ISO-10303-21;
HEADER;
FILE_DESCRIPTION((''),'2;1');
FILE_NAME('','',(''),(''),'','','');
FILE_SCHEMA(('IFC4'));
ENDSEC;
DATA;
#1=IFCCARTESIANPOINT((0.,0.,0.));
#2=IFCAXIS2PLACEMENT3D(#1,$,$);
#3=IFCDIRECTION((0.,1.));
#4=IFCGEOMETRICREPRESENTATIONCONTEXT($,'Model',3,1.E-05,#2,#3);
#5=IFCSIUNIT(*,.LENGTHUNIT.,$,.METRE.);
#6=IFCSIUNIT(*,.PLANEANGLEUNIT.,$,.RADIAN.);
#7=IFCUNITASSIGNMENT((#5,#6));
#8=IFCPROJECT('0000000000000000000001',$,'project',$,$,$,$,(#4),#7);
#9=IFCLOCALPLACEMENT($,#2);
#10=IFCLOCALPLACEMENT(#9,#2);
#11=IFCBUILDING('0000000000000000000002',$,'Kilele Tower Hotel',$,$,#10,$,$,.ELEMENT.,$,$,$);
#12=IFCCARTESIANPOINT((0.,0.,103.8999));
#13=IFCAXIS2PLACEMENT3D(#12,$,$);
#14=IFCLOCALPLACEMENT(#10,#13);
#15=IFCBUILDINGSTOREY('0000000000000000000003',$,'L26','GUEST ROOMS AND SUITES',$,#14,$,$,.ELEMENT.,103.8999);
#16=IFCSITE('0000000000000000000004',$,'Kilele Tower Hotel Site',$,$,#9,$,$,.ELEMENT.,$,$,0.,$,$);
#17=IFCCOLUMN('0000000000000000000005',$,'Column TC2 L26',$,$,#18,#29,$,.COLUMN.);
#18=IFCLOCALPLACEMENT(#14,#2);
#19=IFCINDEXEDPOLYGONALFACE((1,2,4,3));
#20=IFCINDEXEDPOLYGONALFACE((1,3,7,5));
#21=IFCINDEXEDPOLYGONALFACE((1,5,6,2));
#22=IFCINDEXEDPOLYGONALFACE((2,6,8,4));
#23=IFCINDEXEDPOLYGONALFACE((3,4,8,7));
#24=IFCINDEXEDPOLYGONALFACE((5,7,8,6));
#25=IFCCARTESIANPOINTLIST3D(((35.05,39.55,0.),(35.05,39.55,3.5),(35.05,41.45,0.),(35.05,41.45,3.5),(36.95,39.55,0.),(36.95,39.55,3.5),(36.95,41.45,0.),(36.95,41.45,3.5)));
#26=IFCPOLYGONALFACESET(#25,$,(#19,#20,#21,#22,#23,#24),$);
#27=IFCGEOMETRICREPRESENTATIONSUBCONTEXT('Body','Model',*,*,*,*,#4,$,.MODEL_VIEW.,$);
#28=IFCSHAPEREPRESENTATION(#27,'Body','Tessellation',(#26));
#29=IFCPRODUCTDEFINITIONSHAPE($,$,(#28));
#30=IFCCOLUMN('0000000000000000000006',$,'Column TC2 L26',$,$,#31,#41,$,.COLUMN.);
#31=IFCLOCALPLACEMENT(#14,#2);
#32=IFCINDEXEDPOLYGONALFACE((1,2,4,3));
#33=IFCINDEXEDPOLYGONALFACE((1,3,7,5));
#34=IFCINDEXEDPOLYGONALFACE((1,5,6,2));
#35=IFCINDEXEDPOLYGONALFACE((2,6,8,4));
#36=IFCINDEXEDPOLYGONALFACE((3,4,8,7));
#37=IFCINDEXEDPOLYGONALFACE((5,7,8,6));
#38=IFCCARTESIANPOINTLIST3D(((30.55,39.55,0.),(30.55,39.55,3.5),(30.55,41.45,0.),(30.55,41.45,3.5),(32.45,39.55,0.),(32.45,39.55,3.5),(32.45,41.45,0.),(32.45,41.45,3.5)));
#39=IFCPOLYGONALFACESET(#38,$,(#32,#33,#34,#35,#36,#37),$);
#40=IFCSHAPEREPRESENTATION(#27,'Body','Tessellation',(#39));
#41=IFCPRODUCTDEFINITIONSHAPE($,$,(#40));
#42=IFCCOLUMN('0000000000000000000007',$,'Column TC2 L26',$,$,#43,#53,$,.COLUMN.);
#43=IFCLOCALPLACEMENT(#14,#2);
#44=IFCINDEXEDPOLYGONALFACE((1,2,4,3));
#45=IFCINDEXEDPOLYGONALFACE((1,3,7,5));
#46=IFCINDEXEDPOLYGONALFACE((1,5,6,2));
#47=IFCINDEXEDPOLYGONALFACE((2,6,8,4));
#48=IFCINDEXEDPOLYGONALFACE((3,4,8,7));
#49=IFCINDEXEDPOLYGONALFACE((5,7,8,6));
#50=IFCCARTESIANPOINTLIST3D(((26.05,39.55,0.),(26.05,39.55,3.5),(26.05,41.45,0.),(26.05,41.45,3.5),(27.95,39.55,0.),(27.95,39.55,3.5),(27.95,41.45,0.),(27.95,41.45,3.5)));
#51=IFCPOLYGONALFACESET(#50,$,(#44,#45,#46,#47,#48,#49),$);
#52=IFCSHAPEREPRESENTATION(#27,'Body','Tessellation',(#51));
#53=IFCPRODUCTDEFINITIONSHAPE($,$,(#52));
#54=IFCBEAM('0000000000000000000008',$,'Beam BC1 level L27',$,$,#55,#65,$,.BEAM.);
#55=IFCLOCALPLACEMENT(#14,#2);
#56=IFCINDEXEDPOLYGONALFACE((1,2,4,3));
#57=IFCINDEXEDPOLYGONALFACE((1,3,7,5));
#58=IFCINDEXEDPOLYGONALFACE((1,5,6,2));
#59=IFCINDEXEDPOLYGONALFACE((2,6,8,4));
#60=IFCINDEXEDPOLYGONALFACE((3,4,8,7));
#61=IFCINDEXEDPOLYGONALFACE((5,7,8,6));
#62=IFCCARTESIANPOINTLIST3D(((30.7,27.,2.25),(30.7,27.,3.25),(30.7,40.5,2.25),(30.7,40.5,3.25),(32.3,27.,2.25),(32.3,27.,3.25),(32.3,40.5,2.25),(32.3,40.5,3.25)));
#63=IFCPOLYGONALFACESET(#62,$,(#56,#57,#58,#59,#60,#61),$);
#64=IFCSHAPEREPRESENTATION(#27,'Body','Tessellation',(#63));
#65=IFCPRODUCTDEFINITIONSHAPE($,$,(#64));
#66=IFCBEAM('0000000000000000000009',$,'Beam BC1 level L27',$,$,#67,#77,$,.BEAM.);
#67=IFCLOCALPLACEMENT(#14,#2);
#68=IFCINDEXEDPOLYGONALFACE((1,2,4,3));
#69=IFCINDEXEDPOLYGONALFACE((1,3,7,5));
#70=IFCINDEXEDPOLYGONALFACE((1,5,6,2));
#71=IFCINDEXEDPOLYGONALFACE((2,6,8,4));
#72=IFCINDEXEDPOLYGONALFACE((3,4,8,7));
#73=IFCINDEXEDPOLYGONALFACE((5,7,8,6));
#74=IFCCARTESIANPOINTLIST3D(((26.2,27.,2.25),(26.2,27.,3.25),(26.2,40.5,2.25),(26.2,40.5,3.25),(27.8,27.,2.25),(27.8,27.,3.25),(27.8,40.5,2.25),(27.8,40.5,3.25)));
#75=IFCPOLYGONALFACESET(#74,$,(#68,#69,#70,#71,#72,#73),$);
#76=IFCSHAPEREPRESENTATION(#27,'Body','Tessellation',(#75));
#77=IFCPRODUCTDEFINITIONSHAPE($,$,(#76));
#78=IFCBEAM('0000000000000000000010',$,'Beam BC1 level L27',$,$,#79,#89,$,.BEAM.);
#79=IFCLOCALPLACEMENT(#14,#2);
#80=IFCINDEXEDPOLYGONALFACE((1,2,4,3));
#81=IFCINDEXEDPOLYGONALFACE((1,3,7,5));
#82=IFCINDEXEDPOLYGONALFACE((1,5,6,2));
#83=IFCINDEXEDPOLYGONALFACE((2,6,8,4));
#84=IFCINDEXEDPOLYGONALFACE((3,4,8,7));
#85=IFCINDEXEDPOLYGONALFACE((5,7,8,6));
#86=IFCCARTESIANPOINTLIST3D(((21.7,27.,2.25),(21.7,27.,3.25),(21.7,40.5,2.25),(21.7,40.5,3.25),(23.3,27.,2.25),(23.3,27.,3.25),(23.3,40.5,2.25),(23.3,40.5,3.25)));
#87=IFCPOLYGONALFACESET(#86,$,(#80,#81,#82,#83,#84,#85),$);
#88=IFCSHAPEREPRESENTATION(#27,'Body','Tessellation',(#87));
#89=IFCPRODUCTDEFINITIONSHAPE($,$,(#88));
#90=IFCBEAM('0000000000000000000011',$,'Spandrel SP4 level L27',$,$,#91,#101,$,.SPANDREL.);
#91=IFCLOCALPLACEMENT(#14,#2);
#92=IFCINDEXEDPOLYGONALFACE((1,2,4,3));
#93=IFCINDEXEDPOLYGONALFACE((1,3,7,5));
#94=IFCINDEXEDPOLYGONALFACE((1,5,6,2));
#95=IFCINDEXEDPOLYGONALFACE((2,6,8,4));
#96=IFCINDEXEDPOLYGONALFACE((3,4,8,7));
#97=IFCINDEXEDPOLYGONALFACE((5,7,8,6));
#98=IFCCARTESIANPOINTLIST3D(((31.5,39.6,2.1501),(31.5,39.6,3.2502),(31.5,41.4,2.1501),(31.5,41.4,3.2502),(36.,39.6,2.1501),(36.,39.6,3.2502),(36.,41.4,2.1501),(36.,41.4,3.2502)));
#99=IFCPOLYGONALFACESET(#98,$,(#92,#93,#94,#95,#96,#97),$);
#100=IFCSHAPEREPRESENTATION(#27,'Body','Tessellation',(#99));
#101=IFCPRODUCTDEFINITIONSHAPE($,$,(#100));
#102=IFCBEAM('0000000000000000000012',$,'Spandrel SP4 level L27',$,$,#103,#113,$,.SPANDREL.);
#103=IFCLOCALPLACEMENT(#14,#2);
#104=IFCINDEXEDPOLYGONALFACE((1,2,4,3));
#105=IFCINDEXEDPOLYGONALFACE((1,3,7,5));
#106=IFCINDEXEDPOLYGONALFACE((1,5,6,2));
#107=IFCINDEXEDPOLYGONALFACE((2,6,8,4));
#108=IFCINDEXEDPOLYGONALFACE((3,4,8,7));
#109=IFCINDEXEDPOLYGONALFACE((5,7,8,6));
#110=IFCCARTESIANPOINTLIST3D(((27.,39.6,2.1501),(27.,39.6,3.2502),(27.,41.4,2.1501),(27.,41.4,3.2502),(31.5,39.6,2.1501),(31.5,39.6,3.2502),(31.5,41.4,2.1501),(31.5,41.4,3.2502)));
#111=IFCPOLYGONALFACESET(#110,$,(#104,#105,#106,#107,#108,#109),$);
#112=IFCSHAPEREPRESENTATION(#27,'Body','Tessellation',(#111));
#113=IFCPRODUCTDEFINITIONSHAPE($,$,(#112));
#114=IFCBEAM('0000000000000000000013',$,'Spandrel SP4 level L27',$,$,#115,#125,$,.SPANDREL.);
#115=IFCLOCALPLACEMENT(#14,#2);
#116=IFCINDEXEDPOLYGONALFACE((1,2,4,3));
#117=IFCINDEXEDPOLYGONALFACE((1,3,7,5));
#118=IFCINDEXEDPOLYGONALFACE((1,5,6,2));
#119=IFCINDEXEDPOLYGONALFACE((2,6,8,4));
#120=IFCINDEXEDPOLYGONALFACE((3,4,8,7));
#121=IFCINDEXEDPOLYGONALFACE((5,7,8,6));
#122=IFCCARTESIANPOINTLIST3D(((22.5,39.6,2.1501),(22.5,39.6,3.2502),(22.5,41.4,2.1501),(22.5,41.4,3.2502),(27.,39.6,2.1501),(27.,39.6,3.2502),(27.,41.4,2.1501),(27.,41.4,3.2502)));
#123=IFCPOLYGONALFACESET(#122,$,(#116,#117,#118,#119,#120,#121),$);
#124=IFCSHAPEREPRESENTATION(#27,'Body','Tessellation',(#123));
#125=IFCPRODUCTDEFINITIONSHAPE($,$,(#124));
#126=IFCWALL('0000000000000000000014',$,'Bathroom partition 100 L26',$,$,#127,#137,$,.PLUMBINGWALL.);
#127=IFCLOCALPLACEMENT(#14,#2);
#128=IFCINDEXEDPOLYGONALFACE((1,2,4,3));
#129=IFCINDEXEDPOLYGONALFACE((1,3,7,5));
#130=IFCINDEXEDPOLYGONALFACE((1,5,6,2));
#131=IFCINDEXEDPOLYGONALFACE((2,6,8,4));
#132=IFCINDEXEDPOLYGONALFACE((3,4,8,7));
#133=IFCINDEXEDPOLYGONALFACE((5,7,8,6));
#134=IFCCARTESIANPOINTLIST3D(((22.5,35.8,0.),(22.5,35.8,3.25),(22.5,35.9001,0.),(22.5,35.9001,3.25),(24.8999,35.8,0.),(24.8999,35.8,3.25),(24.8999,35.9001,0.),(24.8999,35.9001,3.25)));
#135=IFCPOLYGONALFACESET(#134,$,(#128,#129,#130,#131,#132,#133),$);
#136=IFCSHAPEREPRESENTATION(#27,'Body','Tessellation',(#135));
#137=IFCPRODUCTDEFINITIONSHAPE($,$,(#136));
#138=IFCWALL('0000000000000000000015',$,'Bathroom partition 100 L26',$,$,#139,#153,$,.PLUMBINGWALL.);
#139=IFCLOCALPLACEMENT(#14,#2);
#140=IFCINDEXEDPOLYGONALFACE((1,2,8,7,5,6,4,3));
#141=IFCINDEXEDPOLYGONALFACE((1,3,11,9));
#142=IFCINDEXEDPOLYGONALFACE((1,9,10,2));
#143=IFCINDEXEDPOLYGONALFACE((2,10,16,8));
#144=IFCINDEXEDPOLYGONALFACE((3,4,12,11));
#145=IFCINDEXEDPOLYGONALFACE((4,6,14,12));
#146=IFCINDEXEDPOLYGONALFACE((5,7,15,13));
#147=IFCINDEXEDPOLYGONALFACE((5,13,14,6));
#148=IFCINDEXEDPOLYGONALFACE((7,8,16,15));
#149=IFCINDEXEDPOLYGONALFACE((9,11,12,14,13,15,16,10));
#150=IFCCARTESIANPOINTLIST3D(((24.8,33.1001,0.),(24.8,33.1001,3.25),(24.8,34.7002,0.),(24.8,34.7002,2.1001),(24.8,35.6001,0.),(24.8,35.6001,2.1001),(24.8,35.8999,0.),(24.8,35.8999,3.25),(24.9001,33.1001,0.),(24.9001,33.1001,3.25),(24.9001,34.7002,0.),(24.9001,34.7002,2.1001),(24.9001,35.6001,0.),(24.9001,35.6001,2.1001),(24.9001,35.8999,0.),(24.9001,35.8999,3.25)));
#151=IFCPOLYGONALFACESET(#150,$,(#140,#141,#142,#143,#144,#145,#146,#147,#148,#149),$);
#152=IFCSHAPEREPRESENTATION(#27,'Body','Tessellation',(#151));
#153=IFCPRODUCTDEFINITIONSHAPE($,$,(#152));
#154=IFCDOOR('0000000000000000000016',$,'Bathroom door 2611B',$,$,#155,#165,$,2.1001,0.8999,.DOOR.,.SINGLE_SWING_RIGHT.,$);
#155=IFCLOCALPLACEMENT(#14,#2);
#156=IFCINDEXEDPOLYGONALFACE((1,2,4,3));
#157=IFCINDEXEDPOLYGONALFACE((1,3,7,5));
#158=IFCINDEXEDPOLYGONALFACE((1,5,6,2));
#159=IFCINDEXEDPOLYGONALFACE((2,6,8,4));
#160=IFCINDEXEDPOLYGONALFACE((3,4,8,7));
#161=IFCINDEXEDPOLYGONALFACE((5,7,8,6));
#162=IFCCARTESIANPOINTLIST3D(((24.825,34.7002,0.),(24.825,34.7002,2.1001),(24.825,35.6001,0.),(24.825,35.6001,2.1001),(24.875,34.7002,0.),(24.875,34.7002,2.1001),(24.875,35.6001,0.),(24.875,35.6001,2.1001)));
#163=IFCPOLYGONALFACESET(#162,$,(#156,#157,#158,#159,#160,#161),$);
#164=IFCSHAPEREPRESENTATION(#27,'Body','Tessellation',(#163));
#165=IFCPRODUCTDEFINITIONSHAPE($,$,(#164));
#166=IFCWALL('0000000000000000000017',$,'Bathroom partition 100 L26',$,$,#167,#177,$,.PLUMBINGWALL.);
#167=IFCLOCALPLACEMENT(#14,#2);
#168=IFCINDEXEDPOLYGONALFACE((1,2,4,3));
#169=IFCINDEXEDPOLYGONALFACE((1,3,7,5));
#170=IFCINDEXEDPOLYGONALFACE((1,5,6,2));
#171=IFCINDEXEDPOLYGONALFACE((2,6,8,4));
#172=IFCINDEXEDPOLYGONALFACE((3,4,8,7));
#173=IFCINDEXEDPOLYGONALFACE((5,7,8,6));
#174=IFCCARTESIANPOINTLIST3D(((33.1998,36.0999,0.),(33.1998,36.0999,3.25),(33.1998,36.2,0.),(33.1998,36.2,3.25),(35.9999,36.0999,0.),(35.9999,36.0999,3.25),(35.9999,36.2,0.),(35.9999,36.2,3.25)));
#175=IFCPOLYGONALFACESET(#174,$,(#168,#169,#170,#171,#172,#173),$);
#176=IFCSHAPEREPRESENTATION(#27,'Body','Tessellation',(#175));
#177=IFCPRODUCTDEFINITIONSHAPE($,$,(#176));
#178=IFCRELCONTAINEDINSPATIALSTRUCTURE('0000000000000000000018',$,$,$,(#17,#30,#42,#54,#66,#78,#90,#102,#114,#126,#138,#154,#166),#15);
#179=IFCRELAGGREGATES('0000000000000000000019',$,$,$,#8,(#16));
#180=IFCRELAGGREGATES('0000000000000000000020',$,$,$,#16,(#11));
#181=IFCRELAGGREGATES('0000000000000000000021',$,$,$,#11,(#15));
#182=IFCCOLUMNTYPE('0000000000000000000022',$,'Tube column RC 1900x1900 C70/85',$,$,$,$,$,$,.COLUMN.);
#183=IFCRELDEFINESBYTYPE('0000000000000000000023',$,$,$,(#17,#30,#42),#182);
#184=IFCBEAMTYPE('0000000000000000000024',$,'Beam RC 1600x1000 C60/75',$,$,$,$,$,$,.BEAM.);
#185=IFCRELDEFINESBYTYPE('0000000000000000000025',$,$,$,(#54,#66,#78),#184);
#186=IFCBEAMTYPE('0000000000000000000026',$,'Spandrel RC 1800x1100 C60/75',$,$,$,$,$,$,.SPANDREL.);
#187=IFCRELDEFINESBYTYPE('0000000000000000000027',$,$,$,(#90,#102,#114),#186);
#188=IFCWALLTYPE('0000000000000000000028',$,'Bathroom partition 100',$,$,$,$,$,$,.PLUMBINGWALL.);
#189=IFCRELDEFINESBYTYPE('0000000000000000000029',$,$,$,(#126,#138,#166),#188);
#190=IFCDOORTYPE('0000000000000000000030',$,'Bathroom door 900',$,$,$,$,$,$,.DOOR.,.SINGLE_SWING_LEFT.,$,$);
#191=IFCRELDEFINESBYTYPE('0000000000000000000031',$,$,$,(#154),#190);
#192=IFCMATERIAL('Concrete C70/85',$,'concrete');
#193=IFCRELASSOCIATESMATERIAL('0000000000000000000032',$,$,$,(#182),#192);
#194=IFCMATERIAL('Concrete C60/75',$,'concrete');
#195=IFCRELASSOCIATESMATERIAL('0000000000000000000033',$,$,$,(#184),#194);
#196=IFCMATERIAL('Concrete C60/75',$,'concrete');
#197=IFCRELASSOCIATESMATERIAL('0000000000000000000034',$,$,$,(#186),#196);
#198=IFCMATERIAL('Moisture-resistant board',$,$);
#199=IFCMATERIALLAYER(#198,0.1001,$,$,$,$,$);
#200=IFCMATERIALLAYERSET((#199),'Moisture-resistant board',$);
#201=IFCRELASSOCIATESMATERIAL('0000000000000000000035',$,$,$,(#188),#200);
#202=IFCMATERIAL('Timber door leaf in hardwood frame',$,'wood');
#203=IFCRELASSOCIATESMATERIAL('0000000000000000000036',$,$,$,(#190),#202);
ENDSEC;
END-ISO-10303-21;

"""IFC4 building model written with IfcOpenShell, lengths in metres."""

from ifc_helpers import new_model, si_unit, direction, frame, frame_2d, origin, origin_2d, place, context, subcontext, project, spatial, rectangle, extrude, material, layer, layer_set, material_profile, profile_set, type_object, element, fill, save


model = new_model("IFC4")

# Units and contexts
model_context = context("Model", 3, precision=1e-05, world=origin(), true_north=direction((0.0, 1.0)))
body_context = subcontext(model_context, "Body", "Model", "MODEL_VIEW")
ifc_project = project(units=[si_unit("LENGTHUNIT", "METRE"), si_unit("PLANEANGLEUNIT", "RADIAN")], contexts=[model_context])

# Site, building, storey
site_placement = place(None, origin())
site = spatial("IfcSite", under=ifc_project, at=site_placement, Name="Kilele Tower Hotel Site", CompositionType="ELEMENT", RefElevation=0.0)
building_placement = place(site_placement, origin())
building = spatial("IfcBuilding", under=site, at=building_placement, Name="Kilele Tower Hotel", CompositionType="ELEMENT")
storey_placement = place(building_placement, frame((0.0, 0.0, 103.8999)))
storey = spatial("IfcBuildingStorey", under=building, at=storey_placement, Name="L26", Description="GUEST ROOMS AND SUITES", CompositionType="ELEMENT", Elevation=103.8999)

# Columns
ifc_material_1 = material(Name="Concrete C70/85", Category="concrete")
ifc_material_profile_1 = material_profile(ifc_material_1, rectangle(XDim=1.8999, YDim=1.8999, at=origin_2d()))
ifc_profile_set_1 = profile_set([ifc_material_profile_1], Name="Concrete C70/85")
column_type = type_object("IfcColumnType", Name="Tube column RC 1900x1900 C70/85", PredefinedType="COLUMN", material=ifc_profile_set_1)
for number, where, z_axis, x_axis, name in (
    (1, (36.0, 40.5, 0.0), (0.0, 0.0, 1.0), (1.0, 0.0, 0.0), "Column TC2 L26"),
    (2, (31.5, 40.5, 0.0), (0.0, 0.0, 1.0), (1.0, 0.0, 0.0), "Column TC2 L26"),
    (3, (27.0, 40.5, 0.0), (0.0, 0.0, 1.0), (1.0, 0.0, 0.0), "Column TC2 L26"),
):
    element("IfcColumn", number, at=place(storey_placement, frame(where, z_axis=z_axis, x_axis=x_axis)), inside=storey, type_object=column_type, Name=name, PredefinedType="COLUMN", context=body_context, shape_type="SweptSolid", body=[
        extrude(rectangle(XDim=1.8999, YDim=1.8999, at=origin_2d()), origin(), (0.0, 0.0, 1.0), 3.5),
    ])

# Beams
ifc_material_2 = material(Name="Concrete C60/75", Category="concrete")
ifc_material_profile_2 = material_profile(ifc_material_2, rectangle(XDim=1.6001, YDim=1.0, at=origin_2d()))
ifc_profile_set_2 = profile_set([ifc_material_profile_2], Name="Concrete C60/75")
beam_type_1 = type_object("IfcBeamType", Name="Beam RC 1600x1000 C60/75", PredefinedType="BEAM", material=ifc_profile_set_2)
for number, where, z_axis, x_axis, name in (
    (4, (31.5, 40.5, 2.75), (0.0, -1.0, 0.0), (1.0, 0.0, 0.0), "Beam BC1 level L27"),
    (5, (27.0, 40.5, 2.75), (0.0, -1.0, 0.0), (1.0, 0.0, 0.0), "Beam BC1 level L27"),
    (6, (22.5, 40.5, 2.75), (0.0, -1.0, 0.0), (1.0, 0.0, 0.0), "Beam BC1 level L27"),
):
    element("IfcBeam", number, at=place(storey_placement, frame(where, z_axis=z_axis, x_axis=x_axis)), inside=storey, type_object=beam_type_1, Name=name, PredefinedType="BEAM", context=body_context, shape_type="SweptSolid", body=[
        extrude(rectangle(XDim=1.6001, YDim=1.0, at=origin_2d()), origin(), (0.0, 0.0, 1.0), 13.5),
    ])
ifc_material_3 = material(Name="Concrete C60/75", Category="concrete")
ifc_material_profile_3 = material_profile(ifc_material_3, rectangle(XDim=1.8, YDim=1.1001, at=origin_2d()))
ifc_profile_set_3 = profile_set([ifc_material_profile_3], Name="Concrete C60/75")
beam_type_2 = type_object("IfcBeamType", Name="Spandrel RC 1800x1100 C60/75", PredefinedType="SPANDREL", material=ifc_profile_set_3)
for number, where, z_axis, x_axis, name in (
    (7, (36.0, 40.5, 2.7002), (-1.0, 0.0, 0.0), (0.0, -1.0, 0.0), "Spandrel SP4 level L27"),
    (8, (31.5, 40.5, 2.7002), (-1.0, 0.0, 0.0), (0.0, -1.0, 0.0), "Spandrel SP4 level L27"),
    (9, (27.0, 40.5, 2.7002), (-1.0, 0.0, 0.0), (0.0, -1.0, 0.0), "Spandrel SP4 level L27"),
):
    element("IfcBeam", number, at=place(storey_placement, frame(where, z_axis=z_axis, x_axis=x_axis)), inside=storey, type_object=beam_type_2, Name=name, PredefinedType="SPANDREL", context=body_context, shape_type="SweptSolid", body=[
        extrude(rectangle(XDim=1.8, YDim=1.1001, at=origin_2d()), origin(), (0.0, 0.0, 1.0), 4.5),
    ])

# Wall
ifc_material_4 = material(Name="Moisture-resistant board")
ifc_layer_1 = layer(ifc_material_4, 0.1001)
ifc_layer_set_1 = layer_set([ifc_layer_1], Name="Moisture-resistant board")
wall_type_1 = type_object("IfcWallType", Name="Bathroom partition 100", PredefinedType="PLUMBINGWALL", material=ifc_layer_set_1)
wall_1_placement = place(storey_placement, frame((22.5, 35.8501, 0.0), z_axis=(0.0, 0.0, 1.0), x_axis=(1.0, 0.0, 0.0)))
element("IfcWall", 10, at=wall_1_placement, inside=storey, type_object=wall_type_1, Name="Bathroom partition 100 L26", PredefinedType="PLUMBINGWALL", context=body_context, shape_type="SweptSolid", body=[
    extrude(rectangle(XDim=2.3999, YDim=0.1001, at=frame_2d((1.2, 0.0))), origin(), (0.0, 0.0, 1.0), 3.25),
])

# Wall, opening, door
wall_2_placement = place(storey_placement, frame((24.8501, 33.1001, 0.0), z_axis=(0.0, 0.0, 1.0), x_axis=(0.0, 1.0, 0.0)))
wall_2 = element("IfcWall", 11, at=wall_2_placement, inside=storey, type_object=wall_type_1, Name="Bathroom partition 100 L26", PredefinedType="PLUMBINGWALL", context=body_context, shape_type="SweptSolid", body=[
    extrude(rectangle(XDim=2.7998, YDim=0.1001, at=frame_2d((1.3999, 0.0))), origin(), (0.0, 0.0, 1.0), 3.25),
])
opening_1_placement = place(wall_2_placement, frame((2.5, 0.0, 0.0), z_axis=(0.0, 0.0, 1.0), x_axis=(-1.0, 0.0, 0.0)))
opening_1 = element("IfcOpeningElement", 12, at=opening_1_placement, cuts=wall_2, PredefinedType="OPENING", context=body_context, shape_type="SweptSolid", body=[
    extrude(rectangle(XDim=0.8999, YDim=2.1001, at=frame_2d((0.45, 1.05))), frame((0.0, 0.0601, 0.0), z_axis=(0.0, -1.0, 0.0), x_axis=(1.0, 0.0, 0.0)), (0.0, 0.0, 1.0), 0.1201),
])
ifc_material_5 = material(Name="Timber door leaf in hardwood frame", Category="wood")
door_type_1 = type_object("IfcDoorType", Name="Bathroom door 900", OperationType="SINGLE_SWING_LEFT", PredefinedType="DOOR", material=ifc_material_5)
door_1_placement = place(opening_1_placement, origin())
door_1 = element("IfcDoor", 13, at=door_1_placement, inside=storey, type_object=door_type_1, Name="Bathroom door 2611B", OperationType="SINGLE_SWING_RIGHT", OverallHeight=2.1001, OverallWidth=0.8999, PredefinedType="DOOR", context=body_context, shape_type="SweptSolid", body=[
    extrude(rectangle(XDim=0.8999, YDim=2.1001, at=frame_2d((0.45, 1.05))), frame((0.0, 0.0249, 0.0), z_axis=(0.0, -1.0, 0.0), x_axis=(1.0, 0.0, 0.0)), (0.0, 0.0, 1.0), 0.05),
])
fill(opening_1, door_1)

# Wall
wall_3_placement = place(storey_placement, frame((33.2, 36.1499, 0.0), z_axis=(0.0, 0.0, 1.0), x_axis=(1.0, 0.0, 0.0)))
element("IfcWall", 14, at=wall_3_placement, inside=storey, type_object=wall_type_1, Name="Bathroom partition 100 L26", PredefinedType="PLUMBINGWALL", context=body_context, shape_type="SweptSolid", body=[
    extrude(rectangle(XDim=2.8, YDim=0.1001, at=frame_2d((1.3999, 0.0))), origin(), (0.0, 0.0, 1.0), 3.25),
])

save(model, "model.ifc")
